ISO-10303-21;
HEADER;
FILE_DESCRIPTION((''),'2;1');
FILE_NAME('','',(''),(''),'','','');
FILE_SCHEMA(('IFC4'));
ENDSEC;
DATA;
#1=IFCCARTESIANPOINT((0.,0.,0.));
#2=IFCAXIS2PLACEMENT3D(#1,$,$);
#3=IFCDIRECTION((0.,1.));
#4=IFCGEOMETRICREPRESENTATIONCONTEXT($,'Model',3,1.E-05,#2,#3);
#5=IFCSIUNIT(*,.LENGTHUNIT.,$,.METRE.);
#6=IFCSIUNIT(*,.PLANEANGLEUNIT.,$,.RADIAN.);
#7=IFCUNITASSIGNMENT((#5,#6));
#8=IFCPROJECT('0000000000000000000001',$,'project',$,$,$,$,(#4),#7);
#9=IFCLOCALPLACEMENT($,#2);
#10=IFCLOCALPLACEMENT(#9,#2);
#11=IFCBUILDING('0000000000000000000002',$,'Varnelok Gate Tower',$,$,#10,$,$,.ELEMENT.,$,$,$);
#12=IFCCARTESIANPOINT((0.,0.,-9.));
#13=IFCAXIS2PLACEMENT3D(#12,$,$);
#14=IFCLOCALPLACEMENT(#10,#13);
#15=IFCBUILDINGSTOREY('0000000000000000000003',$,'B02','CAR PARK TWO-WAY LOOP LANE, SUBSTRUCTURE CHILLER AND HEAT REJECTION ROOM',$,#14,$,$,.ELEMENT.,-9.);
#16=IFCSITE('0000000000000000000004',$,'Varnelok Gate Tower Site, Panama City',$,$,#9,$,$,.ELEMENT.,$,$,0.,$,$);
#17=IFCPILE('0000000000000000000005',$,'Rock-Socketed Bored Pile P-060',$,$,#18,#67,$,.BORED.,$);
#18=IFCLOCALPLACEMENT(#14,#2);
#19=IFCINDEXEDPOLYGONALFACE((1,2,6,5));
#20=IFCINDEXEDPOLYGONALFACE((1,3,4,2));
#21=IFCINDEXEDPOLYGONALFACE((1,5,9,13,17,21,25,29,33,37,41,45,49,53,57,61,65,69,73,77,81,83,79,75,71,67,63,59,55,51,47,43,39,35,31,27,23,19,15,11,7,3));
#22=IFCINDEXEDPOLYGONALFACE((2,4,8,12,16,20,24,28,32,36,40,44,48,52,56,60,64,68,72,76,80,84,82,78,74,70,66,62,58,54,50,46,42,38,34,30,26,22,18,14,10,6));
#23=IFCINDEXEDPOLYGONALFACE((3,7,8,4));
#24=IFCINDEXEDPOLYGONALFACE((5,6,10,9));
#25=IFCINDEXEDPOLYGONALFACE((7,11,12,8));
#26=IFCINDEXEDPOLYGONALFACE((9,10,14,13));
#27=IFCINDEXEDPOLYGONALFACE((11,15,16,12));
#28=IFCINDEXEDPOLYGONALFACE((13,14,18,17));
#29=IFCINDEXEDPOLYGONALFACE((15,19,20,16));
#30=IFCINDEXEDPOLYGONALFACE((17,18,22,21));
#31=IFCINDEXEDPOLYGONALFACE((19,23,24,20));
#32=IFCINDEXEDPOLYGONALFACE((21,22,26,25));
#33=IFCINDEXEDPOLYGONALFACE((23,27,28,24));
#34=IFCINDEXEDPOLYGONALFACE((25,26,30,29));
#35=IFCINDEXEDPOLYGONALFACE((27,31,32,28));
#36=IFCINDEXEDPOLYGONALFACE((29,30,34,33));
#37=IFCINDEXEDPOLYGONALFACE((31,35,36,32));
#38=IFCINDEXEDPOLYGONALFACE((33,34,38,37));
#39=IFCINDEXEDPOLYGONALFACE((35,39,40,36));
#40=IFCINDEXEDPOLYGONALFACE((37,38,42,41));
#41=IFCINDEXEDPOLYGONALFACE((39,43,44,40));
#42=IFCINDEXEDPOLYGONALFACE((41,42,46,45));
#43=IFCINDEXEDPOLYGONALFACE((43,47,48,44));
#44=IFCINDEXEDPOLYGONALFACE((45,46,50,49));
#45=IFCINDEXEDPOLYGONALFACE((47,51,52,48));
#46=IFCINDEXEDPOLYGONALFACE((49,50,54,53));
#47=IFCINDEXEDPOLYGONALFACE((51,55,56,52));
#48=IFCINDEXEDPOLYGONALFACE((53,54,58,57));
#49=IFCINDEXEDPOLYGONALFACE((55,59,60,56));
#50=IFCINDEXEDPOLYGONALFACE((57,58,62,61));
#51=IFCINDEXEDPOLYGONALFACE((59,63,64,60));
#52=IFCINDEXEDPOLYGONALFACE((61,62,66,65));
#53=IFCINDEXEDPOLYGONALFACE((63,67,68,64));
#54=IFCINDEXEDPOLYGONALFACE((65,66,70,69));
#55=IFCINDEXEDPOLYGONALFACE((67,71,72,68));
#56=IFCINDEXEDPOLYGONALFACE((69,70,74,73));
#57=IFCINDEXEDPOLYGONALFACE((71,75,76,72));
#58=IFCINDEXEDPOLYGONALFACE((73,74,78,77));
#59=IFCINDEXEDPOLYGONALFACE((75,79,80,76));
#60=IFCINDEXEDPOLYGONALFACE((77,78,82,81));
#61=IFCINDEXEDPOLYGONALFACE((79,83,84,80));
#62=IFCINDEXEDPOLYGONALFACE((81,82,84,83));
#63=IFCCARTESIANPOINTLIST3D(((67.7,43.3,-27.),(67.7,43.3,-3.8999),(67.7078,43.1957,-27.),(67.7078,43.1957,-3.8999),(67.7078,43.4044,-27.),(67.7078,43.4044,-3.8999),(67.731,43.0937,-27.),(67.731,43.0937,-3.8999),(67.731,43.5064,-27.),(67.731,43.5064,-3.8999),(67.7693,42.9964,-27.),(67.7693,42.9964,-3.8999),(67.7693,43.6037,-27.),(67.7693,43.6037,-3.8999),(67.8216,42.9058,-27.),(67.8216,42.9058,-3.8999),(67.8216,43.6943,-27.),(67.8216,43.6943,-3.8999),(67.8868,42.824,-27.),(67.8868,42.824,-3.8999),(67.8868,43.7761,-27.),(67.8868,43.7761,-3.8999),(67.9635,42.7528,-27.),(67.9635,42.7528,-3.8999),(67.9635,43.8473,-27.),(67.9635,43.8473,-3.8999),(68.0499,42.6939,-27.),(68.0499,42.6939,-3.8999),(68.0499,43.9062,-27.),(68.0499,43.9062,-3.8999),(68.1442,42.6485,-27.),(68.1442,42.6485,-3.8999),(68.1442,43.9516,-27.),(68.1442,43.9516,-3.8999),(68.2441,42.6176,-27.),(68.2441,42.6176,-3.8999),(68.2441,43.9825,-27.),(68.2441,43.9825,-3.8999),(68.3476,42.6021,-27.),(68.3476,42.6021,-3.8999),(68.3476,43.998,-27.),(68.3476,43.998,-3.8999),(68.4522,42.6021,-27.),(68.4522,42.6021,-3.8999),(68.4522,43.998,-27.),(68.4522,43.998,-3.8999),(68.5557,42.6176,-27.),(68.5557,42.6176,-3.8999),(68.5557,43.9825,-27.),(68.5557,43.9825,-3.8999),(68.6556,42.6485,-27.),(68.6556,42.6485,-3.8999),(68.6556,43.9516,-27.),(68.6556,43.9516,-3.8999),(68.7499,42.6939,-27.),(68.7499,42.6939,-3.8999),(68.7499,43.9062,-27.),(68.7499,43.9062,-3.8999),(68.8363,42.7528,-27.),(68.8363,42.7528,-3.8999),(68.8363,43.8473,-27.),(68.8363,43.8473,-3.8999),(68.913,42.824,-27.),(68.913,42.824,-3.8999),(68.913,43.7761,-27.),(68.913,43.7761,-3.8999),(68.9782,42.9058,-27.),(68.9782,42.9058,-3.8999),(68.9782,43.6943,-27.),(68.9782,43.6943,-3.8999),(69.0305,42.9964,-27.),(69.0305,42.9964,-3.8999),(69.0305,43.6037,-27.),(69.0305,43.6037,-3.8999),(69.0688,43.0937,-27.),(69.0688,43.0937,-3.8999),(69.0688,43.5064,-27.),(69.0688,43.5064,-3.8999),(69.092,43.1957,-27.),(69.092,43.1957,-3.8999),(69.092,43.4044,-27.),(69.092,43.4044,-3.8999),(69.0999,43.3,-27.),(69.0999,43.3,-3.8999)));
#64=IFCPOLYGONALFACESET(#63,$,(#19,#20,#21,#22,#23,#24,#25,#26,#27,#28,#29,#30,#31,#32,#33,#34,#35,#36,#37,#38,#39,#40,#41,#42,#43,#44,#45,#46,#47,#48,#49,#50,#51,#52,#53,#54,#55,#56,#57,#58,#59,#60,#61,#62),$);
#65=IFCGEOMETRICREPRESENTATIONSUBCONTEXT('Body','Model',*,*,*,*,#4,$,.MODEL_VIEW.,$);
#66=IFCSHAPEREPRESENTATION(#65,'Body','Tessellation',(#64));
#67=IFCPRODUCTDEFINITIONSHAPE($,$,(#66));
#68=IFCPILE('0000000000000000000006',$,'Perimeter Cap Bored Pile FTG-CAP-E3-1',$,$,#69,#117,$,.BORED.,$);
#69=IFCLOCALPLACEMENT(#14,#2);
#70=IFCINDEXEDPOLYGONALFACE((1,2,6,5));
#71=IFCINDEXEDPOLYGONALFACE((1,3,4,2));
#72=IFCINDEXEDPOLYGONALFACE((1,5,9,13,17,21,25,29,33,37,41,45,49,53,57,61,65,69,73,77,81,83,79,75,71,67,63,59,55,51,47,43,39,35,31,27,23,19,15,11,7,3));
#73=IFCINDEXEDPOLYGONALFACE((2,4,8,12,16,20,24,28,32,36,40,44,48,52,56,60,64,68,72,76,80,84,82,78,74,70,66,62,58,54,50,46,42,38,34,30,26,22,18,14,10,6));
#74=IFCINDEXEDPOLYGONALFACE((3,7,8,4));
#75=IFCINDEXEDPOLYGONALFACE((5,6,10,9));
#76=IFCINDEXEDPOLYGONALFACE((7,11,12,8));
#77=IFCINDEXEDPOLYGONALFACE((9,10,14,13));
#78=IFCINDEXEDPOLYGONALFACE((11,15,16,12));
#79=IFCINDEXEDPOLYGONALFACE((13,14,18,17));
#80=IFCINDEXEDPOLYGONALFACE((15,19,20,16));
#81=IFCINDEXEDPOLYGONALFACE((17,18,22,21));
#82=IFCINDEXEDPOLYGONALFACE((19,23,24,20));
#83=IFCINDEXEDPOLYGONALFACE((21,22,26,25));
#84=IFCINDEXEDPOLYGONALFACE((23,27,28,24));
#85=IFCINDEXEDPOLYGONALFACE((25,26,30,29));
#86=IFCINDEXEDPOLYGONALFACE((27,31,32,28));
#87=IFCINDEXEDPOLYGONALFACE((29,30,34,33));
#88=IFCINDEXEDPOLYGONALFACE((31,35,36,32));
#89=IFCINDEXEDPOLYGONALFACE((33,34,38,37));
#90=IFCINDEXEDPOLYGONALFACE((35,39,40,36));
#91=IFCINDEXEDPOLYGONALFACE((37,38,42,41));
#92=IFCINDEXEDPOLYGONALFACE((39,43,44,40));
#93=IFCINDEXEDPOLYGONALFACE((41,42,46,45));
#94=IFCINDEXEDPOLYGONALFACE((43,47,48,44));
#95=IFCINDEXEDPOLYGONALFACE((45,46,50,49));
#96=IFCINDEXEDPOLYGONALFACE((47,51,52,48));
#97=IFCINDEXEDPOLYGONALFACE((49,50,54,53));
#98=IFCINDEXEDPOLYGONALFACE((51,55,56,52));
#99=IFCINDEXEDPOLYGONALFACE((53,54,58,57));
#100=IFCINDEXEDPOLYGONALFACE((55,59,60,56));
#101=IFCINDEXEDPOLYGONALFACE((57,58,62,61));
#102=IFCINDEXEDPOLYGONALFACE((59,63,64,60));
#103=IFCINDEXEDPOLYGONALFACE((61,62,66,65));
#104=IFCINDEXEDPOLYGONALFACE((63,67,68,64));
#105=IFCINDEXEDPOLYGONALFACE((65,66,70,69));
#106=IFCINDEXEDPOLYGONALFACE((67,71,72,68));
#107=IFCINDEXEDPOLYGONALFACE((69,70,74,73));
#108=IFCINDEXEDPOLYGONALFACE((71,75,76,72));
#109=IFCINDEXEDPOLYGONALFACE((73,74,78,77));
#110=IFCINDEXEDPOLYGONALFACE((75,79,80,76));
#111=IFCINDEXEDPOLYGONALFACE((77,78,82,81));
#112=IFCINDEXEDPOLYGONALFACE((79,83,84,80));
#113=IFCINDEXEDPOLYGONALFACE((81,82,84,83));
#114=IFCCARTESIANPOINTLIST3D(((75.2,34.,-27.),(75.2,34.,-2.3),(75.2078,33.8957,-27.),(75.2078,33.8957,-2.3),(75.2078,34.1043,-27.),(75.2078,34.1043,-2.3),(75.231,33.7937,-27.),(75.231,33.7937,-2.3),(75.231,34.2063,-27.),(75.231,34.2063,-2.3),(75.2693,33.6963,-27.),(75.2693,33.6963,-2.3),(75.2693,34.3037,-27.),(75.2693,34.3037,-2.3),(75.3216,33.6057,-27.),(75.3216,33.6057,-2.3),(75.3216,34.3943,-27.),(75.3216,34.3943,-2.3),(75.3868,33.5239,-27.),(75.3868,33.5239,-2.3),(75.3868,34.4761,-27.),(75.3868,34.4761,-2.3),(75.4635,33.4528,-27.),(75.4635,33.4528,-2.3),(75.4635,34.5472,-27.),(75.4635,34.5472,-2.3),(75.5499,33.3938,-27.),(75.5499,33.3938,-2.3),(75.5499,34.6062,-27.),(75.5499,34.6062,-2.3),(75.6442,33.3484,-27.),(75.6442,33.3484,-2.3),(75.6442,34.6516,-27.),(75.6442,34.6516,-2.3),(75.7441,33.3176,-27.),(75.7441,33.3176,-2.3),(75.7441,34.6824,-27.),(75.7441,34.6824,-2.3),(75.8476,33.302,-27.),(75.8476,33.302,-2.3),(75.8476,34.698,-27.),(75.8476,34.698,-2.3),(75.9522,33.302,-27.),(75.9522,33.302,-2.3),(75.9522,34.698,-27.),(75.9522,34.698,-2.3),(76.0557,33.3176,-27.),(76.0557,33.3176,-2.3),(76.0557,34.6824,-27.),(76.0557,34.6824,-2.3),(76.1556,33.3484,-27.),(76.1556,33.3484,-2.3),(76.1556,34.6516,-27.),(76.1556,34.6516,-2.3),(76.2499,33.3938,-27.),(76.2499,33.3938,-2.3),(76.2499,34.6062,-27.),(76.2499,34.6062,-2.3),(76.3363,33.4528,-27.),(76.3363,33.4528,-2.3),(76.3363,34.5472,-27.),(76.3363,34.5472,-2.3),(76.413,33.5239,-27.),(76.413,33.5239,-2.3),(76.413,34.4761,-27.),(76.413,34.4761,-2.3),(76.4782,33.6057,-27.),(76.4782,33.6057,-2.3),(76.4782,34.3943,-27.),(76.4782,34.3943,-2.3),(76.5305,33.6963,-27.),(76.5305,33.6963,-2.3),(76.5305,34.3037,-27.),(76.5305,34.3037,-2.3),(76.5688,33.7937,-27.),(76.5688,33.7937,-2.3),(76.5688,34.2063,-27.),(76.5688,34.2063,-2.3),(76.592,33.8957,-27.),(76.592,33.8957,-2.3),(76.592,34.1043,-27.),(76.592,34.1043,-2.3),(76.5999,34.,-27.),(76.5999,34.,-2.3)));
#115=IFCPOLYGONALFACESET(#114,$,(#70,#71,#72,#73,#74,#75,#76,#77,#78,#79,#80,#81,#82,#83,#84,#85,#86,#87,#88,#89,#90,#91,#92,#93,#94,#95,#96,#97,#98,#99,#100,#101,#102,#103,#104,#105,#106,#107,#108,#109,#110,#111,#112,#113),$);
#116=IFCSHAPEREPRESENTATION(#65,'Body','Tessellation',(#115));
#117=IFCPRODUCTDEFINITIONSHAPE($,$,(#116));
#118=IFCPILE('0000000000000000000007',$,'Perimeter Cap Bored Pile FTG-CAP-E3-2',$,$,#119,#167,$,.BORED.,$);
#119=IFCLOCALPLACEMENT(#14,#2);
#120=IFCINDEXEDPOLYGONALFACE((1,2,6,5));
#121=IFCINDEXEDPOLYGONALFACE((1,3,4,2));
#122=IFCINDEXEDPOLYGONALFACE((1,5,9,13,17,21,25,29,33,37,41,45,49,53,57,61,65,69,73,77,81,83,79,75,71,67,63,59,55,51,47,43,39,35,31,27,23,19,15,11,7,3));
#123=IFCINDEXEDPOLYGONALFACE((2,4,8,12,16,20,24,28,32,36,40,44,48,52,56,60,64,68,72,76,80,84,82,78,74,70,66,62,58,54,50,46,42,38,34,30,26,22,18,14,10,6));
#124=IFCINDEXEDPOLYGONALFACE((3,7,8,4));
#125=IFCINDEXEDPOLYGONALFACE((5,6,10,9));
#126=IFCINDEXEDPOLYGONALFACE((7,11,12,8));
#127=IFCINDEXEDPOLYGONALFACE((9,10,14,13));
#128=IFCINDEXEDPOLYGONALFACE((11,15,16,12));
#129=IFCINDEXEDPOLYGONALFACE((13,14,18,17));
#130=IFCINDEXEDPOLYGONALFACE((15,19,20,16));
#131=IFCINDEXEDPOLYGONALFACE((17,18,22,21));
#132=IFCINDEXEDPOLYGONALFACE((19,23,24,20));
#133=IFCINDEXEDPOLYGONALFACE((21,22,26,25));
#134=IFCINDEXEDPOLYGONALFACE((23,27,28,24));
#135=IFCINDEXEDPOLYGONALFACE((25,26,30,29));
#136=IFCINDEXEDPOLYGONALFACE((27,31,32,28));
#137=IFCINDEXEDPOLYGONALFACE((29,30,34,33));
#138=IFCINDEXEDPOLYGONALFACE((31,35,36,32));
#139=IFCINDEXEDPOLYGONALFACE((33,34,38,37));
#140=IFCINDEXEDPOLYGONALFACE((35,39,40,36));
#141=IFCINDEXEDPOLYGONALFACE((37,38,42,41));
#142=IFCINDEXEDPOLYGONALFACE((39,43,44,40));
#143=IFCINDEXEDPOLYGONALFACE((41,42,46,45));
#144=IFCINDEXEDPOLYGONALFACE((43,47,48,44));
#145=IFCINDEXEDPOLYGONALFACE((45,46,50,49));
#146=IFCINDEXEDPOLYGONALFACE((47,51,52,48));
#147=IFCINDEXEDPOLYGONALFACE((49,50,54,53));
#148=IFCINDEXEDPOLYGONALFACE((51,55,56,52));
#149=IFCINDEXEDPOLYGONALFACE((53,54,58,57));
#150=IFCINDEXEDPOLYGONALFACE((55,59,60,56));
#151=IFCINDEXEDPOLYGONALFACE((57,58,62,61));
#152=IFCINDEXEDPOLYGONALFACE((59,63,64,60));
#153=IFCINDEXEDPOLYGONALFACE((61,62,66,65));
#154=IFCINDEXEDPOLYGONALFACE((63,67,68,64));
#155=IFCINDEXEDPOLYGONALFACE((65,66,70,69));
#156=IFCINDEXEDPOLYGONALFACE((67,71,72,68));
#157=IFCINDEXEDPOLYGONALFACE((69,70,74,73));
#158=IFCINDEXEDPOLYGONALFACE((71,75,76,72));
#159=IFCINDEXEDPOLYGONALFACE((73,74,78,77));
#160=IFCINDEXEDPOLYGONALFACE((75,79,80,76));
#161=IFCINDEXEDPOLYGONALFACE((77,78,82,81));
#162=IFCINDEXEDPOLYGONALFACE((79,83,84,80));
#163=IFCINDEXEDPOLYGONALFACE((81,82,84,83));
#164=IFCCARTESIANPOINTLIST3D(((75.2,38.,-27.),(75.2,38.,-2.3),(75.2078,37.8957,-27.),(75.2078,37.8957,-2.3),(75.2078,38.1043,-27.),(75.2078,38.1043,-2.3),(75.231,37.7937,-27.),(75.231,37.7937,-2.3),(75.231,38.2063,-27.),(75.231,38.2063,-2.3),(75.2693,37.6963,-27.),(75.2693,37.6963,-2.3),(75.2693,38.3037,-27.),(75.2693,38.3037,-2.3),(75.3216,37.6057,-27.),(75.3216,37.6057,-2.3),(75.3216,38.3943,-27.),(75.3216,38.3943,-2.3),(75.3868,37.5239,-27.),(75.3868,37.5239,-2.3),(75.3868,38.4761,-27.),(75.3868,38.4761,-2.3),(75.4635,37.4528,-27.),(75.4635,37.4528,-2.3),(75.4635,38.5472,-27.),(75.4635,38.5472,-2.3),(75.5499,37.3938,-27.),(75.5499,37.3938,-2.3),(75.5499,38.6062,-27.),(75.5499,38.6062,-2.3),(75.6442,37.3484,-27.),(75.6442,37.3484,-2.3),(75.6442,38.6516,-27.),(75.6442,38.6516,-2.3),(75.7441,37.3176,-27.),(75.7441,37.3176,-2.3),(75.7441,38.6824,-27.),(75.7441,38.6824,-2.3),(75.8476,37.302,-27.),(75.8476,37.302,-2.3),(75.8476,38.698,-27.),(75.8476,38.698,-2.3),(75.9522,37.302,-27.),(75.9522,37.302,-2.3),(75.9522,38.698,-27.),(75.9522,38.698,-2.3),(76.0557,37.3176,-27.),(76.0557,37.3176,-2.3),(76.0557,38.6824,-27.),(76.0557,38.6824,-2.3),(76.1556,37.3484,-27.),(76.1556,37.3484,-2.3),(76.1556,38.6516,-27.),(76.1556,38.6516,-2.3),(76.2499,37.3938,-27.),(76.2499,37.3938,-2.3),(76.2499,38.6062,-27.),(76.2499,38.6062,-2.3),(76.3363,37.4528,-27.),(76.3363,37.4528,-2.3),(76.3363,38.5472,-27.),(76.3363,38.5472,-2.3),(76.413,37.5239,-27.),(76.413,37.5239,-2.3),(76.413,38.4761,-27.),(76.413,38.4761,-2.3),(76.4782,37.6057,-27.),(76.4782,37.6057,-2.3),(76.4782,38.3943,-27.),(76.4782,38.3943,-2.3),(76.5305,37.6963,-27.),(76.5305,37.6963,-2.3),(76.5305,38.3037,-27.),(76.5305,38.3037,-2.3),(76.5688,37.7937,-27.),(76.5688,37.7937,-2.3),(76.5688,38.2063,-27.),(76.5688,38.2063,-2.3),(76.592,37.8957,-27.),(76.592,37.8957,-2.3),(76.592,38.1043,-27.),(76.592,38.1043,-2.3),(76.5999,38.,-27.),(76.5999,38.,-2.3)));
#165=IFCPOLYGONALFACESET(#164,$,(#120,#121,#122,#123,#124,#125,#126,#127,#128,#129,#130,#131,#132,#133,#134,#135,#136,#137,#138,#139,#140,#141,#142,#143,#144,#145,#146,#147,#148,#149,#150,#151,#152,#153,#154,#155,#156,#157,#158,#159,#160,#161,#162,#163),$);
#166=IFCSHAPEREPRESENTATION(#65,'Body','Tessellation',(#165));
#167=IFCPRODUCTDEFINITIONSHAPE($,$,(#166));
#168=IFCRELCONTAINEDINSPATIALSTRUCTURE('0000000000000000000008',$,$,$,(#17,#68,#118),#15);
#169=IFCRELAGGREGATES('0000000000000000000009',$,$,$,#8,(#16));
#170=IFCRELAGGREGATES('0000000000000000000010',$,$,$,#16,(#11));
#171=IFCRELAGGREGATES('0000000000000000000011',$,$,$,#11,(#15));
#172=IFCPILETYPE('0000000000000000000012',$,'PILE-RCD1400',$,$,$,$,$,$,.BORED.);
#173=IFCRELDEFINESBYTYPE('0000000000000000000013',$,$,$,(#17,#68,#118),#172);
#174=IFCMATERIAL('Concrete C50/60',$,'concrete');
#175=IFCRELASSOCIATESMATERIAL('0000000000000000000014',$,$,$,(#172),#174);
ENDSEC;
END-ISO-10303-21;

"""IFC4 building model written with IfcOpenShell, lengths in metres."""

from ifc_helpers import new_model, si_unit, direction, frame, origin, origin_2d, place, context, subcontext, project, spatial, circle, extrude, material, material_profile, profile_set, type_object, element, save


model = new_model("IFC4")

# Units and contexts
model_context = context("Model", 3, precision=1e-05, world=origin(), true_north=direction((0.0, 1.0)))
body_context = subcontext(model_context, "Body", "Model", "MODEL_VIEW")
ifc_project = project(units=[si_unit("LENGTHUNIT", "METRE"), si_unit("PLANEANGLEUNIT", "RADIAN")], contexts=[model_context])

# Site, building, storey
site_placement = place(None, origin())
site = spatial("IfcSite", under=ifc_project, at=site_placement, Name="Varnelok Gate Tower Site, Panama City", CompositionType="ELEMENT", RefElevation=0.0)
building_placement = place(site_placement, origin())
building = spatial("IfcBuilding", under=site, at=building_placement, Name="Varnelok Gate Tower", CompositionType="ELEMENT")
storey_placement = place(building_placement, frame((0.0, 0.0, -9.0)))
storey = spatial("IfcBuildingStorey", under=building, at=storey_placement, Name="B02", Description="CAR PARK TWO-WAY LOOP LANE, SUBSTRUCTURE CHILLER AND HEAT REJECTION ROOM", CompositionType="ELEMENT", Elevation=-9.0)

# Shared definitions
ifc_material_1 = material(Name="Concrete C50/60", Category="concrete")

# Piles
ifc_material_profile_1 = material_profile(ifc_material_1, circle(Radius=0.7, at=origin_2d()), Name="RCD1400")
ifc_profile_set_1 = profile_set([ifc_material_profile_1], Name="Concrete C50/60")
pile_type_1 = type_object("IfcPileType", Name="PILE-RCD1400", PredefinedType="BORED", material=ifc_profile_set_1)
for number, where, z_axis, x_axis, name in (
    (1, (68.3999, 43.3, -3.8999), (0.0, 0.0, -1.0), (1.0, 0.0, 0.0), "Rock-Socketed Bored Pile P-060"),
):
    element("IfcPile", number, at=place(storey_placement, frame(where, z_axis=z_axis, x_axis=x_axis)), inside=storey, type_object=pile_type_1, Name=name, PredefinedType="BORED", context=body_context, shape_type="SweptSolid", body=[
        extrude(circle(Radius=0.7, at=origin_2d()), origin(), (0.0, 0.0, 1.0), 23.1001),
    ])
for number, where, z_axis, x_axis, name in (
    (2, (75.8999, 34.0, -2.3), (0.0, 0.0, -1.0), (1.0, 0.0, 0.0), "Perimeter Cap Bored Pile FTG-CAP-E3-1"),
    (3, (75.8999, 38.0, -2.3), (0.0, 0.0, -1.0), (1.0, 0.0, 0.0), "Perimeter Cap Bored Pile FTG-CAP-E3-2"),
):
    element("IfcPile", number, at=place(storey_placement, frame(where, z_axis=z_axis, x_axis=x_axis)), inside=storey, type_object=pile_type_1, Name=name, PredefinedType="BORED", context=body_context, shape_type="SweptSolid", body=[
        extrude(circle(Radius=0.7, at=origin_2d()), origin(), (0.0, 0.0, 1.0), 24.7),
    ])

save(model, "model.ifc")
